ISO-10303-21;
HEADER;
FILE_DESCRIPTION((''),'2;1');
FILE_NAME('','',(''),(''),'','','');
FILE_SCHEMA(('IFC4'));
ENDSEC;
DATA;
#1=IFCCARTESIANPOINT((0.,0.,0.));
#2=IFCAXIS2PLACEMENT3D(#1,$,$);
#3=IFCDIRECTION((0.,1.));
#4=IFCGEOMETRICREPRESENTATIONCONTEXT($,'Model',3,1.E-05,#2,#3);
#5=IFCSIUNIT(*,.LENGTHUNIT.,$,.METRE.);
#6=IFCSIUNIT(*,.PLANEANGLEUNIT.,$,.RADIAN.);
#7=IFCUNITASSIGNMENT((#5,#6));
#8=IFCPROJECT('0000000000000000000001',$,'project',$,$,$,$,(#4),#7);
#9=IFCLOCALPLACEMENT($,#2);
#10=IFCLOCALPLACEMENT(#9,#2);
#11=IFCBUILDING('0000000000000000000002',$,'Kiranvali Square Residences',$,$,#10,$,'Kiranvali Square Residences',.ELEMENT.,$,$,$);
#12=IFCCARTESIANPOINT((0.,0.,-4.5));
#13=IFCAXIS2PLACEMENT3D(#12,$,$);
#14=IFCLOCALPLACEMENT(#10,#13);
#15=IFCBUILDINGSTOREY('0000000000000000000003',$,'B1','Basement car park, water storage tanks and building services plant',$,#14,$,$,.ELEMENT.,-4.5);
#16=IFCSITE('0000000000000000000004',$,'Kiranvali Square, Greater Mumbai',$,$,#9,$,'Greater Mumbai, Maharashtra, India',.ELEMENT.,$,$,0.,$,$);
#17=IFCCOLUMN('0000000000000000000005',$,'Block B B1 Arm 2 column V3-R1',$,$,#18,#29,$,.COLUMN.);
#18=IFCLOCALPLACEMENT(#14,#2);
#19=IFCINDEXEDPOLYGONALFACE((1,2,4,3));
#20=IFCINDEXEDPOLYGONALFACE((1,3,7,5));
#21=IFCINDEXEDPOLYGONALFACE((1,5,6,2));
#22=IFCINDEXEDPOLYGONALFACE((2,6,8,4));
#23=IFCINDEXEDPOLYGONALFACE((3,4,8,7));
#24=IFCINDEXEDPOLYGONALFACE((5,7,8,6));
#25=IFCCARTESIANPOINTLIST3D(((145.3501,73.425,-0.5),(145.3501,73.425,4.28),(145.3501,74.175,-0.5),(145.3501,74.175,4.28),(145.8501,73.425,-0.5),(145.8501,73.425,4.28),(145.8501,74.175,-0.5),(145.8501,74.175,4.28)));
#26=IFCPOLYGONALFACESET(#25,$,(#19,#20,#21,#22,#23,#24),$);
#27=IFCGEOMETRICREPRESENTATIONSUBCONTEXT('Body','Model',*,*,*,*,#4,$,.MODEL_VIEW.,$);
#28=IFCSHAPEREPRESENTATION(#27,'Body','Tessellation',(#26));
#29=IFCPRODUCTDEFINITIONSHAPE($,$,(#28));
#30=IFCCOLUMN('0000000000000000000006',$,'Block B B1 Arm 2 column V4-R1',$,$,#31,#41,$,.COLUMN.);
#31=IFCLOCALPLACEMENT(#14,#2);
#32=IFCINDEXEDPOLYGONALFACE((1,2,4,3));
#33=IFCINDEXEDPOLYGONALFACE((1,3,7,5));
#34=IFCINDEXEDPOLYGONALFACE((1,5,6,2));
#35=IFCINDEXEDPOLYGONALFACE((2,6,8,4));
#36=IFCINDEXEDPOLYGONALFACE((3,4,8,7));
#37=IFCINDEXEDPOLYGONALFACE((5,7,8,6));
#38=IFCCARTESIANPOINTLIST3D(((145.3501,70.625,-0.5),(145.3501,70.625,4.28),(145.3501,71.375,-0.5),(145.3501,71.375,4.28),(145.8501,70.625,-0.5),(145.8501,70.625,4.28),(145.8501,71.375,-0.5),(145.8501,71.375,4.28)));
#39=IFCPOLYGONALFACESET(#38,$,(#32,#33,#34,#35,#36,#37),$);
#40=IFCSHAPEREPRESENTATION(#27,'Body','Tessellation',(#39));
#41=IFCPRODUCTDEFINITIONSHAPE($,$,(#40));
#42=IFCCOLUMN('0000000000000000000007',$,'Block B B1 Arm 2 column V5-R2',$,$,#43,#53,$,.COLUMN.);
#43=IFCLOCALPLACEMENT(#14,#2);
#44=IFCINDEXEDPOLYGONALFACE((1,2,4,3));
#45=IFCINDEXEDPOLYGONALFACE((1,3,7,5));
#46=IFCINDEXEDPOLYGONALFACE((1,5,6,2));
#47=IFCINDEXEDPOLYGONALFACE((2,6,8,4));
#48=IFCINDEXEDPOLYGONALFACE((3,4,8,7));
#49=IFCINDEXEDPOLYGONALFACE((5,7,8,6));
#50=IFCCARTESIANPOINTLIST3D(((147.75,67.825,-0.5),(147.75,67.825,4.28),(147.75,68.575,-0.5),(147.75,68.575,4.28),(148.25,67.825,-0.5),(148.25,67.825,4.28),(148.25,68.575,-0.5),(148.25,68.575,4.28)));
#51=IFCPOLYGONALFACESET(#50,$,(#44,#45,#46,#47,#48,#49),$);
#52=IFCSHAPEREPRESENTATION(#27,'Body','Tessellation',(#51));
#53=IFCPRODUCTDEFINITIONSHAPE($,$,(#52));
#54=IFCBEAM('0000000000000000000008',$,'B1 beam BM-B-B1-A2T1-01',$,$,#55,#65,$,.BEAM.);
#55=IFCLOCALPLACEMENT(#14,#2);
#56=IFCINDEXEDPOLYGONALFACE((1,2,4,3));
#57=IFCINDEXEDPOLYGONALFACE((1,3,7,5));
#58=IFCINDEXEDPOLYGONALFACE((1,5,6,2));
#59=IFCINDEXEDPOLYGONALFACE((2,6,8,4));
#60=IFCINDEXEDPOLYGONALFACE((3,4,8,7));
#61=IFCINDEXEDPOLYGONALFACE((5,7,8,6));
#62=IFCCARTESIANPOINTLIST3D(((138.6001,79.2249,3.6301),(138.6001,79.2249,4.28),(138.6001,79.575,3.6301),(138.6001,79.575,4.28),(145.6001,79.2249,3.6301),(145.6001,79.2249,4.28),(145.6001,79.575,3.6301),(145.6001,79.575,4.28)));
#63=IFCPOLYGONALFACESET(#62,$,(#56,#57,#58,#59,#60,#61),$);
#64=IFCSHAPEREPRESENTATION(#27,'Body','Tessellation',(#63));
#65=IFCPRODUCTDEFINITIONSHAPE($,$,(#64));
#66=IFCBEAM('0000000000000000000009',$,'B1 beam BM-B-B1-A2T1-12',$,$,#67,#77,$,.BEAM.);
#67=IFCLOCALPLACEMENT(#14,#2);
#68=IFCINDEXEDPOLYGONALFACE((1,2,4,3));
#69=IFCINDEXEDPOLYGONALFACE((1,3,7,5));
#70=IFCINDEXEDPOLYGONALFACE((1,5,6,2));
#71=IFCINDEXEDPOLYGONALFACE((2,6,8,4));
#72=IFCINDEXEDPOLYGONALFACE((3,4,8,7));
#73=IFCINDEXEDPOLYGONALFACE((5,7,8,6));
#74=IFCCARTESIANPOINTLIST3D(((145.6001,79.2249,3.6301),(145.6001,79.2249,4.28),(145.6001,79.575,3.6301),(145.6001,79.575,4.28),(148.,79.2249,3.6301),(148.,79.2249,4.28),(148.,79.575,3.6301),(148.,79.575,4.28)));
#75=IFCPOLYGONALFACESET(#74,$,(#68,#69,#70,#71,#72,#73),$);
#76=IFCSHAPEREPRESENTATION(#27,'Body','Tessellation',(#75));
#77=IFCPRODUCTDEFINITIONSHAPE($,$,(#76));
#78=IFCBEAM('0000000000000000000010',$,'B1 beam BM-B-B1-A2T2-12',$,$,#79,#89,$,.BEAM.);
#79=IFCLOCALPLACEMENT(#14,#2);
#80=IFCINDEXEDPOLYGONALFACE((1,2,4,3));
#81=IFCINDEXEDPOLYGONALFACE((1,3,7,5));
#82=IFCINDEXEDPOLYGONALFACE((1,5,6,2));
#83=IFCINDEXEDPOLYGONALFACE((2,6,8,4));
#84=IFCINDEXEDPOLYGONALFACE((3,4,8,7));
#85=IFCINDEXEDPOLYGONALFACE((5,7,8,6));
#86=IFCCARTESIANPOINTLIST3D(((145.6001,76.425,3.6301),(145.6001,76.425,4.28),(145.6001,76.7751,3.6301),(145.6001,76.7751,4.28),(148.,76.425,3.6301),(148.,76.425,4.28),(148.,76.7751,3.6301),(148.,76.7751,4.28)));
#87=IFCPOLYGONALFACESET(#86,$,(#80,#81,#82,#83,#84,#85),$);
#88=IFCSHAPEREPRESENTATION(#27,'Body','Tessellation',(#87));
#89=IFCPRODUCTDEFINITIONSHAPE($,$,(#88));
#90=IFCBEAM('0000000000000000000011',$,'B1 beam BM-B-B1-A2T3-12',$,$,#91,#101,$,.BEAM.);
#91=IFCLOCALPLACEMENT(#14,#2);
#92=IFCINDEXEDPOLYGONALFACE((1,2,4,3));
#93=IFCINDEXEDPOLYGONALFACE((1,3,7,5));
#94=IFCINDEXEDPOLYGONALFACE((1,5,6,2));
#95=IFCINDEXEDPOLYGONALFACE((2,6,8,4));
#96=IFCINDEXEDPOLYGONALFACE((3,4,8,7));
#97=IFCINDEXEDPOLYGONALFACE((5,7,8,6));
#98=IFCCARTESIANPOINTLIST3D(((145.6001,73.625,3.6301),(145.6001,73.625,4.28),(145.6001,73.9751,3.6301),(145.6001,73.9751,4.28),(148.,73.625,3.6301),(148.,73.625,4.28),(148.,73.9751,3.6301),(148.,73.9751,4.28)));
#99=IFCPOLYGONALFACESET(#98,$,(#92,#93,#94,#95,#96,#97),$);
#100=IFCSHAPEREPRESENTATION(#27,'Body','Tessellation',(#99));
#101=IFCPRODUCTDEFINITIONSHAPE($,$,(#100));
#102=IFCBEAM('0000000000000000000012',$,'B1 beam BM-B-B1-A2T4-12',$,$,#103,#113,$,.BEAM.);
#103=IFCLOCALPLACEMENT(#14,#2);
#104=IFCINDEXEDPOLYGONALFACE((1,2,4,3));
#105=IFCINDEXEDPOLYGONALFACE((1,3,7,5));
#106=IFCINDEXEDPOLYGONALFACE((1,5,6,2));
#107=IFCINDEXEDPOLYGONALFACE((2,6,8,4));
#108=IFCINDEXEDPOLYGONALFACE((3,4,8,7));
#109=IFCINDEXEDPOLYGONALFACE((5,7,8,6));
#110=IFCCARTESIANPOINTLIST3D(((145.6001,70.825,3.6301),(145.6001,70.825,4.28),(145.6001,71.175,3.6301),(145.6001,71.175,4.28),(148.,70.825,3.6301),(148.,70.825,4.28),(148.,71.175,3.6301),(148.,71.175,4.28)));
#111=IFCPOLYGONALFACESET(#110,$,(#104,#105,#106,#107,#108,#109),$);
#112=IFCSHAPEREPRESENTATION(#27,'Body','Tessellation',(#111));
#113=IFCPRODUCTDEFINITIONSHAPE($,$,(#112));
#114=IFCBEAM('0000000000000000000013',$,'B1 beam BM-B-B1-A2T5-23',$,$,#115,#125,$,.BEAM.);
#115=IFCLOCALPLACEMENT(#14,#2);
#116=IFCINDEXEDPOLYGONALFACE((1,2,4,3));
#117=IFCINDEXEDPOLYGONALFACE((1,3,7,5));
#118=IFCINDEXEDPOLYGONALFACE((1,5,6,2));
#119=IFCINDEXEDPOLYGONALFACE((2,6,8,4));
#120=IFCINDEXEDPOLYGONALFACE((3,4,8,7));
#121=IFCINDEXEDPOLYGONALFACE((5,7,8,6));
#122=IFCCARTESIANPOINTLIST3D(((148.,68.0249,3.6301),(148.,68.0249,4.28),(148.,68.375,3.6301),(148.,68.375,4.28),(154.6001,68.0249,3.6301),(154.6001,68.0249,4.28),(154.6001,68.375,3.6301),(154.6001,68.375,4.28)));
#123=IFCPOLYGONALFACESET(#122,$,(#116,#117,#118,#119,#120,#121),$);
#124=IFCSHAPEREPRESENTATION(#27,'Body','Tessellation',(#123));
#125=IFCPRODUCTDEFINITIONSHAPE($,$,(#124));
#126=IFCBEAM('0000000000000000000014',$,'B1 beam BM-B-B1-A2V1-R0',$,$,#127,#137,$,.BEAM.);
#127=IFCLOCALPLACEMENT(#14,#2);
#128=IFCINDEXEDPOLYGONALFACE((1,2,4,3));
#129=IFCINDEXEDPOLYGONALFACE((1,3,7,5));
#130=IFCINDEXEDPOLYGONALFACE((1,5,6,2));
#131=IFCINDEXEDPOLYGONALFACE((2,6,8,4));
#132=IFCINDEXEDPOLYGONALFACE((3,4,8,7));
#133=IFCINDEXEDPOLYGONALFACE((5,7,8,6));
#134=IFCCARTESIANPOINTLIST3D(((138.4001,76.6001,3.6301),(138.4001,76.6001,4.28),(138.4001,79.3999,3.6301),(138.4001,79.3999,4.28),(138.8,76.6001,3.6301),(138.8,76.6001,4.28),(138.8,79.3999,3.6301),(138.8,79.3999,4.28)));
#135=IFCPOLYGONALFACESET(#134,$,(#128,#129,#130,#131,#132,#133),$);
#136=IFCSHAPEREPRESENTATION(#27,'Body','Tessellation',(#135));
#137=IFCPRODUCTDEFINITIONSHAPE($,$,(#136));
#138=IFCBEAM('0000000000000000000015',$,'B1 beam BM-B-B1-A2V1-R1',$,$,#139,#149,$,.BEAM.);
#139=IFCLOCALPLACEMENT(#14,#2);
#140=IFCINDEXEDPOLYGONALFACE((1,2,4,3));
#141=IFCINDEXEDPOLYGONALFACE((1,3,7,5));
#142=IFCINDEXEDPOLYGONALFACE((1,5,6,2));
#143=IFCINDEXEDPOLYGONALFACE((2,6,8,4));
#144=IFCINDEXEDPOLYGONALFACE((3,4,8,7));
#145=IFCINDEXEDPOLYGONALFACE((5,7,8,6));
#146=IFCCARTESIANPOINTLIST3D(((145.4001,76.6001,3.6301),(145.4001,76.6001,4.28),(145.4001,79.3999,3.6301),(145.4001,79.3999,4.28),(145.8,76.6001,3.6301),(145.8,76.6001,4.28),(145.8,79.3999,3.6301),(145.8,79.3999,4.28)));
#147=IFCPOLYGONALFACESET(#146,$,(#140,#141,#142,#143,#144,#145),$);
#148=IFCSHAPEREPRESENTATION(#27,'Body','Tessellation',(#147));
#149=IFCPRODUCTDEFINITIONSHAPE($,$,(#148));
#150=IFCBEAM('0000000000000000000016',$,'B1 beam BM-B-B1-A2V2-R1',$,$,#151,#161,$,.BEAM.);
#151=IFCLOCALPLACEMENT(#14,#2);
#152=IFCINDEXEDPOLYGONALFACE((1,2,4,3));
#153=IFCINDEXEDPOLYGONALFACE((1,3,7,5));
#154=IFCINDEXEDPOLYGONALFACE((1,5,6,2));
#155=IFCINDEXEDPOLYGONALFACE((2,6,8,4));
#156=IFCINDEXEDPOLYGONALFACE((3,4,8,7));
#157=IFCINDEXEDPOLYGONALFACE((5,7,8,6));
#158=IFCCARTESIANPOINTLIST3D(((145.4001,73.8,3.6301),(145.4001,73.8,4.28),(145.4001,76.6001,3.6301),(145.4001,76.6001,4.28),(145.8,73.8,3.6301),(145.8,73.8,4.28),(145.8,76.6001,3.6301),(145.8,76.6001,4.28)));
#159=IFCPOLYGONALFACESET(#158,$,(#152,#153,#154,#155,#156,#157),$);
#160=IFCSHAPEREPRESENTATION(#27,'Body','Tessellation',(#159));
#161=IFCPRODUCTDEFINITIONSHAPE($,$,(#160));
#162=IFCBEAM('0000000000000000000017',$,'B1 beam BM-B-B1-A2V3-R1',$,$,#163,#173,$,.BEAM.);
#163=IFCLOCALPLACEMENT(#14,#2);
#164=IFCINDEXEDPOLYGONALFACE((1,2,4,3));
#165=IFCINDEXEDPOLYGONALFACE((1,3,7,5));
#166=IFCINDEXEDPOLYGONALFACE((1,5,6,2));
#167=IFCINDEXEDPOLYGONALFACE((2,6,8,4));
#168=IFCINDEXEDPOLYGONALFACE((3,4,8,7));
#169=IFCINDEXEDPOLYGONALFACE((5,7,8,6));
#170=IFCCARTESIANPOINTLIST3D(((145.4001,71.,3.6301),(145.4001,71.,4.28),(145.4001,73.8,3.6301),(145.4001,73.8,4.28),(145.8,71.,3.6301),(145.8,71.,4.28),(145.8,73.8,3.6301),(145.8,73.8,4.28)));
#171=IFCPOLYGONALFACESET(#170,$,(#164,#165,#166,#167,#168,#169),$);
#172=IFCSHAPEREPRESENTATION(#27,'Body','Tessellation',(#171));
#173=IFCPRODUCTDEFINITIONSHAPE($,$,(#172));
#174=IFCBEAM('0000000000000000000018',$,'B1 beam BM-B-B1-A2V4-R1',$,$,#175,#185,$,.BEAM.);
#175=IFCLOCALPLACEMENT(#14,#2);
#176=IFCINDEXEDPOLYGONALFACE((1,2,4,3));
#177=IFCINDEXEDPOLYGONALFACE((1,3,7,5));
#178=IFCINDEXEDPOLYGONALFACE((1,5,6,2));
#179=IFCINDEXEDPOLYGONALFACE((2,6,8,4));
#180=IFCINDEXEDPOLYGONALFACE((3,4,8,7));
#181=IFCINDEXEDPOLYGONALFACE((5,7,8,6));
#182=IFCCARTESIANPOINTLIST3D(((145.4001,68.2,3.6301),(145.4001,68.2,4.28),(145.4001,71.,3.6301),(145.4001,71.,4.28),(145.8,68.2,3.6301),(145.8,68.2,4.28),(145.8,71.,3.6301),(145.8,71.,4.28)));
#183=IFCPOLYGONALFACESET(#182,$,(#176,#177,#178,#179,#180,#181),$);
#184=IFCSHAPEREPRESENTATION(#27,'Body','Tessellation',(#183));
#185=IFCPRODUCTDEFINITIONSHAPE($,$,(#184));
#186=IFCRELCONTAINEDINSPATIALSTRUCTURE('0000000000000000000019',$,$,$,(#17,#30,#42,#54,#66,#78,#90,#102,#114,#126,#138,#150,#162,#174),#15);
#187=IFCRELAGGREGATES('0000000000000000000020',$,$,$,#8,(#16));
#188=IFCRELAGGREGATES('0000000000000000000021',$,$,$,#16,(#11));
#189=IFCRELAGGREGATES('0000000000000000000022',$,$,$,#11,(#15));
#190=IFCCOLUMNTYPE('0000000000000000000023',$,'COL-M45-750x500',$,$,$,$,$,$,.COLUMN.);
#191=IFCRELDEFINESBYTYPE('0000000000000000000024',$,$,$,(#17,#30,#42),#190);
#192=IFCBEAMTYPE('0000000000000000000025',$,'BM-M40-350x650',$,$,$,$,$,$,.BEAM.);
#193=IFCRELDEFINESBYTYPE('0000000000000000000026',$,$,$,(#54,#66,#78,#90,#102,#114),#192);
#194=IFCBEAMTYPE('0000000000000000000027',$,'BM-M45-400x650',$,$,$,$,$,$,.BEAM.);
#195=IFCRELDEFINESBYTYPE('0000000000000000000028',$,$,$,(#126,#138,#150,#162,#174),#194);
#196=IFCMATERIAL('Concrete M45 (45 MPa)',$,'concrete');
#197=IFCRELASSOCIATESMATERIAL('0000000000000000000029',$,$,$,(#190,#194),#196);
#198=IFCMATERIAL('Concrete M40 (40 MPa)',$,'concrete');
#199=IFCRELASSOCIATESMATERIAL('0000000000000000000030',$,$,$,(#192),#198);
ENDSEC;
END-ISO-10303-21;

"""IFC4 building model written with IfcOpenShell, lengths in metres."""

from ifc_helpers import new_model, si_unit, direction, frame, origin, origin_2d, place, context, subcontext, project, spatial, rectangle, extrude, material, material_profile, profile_set, type_object, element, save


model = new_model("IFC4")

# Units and contexts
model_context = context("Model", 3, precision=1e-05, world=origin(), true_north=direction((0.0, 1.0)))
body_context = subcontext(model_context, "Body", "Model", "MODEL_VIEW")
ifc_project = project(units=[si_unit("LENGTHUNIT", "METRE"), si_unit("PLANEANGLEUNIT", "RADIAN")], contexts=[model_context])

# Site, building, storey
site_placement = place(None, origin())
site = spatial("IfcSite", under=ifc_project, at=site_placement, Name="Kiranvali Square, Greater Mumbai", LongName="Greater Mumbai, Maharashtra, India", CompositionType="ELEMENT", RefElevation=0.0)
building_placement = place(site_placement, origin())
building = spatial("IfcBuilding", under=site, at=building_placement, Name="Kiranvali Square Residences", LongName="Kiranvali Square Residences", CompositionType="ELEMENT")
storey_placement = place(building_placement, frame((0.0, 0.0, -4.5)))
storey = spatial("IfcBuildingStorey", under=building, at=storey_placement, Name="B1", Description="Basement car park, water storage tanks and building services plant", CompositionType="ELEMENT", Elevation=-4.5)

# Shared definitions
ifc_material_1 = material(Name="Concrete M40 (40 MPa)", Category="concrete")

# Columns
ifc_material_2 = material(Name="Concrete M45 (45 MPa)", Category="concrete")
ifc_material_profile_1 = material_profile(ifc_material_2, rectangle(XDim=0.5, YDim=0.75, at=origin_2d()), Name="RC 750x500")
ifc_profile_set_1 = profile_set([ifc_material_profile_1], Name="Concrete M45 (45 MPa)")
column_type = type_object("IfcColumnType", Name="COL-M45-750x500", PredefinedType="COLUMN", material=ifc_profile_set_1)
for number, where, z_axis, x_axis, name in (
    (1, (145.6001, 73.8, -0.5), (0.0, 0.0, 1.0), (1.0, 0.0, 0.0), "Block B B1 Arm 2 column V3-R1"),
    (2, (145.6001, 71.0, -0.5), (0.0, 0.0, 1.0), (1.0, 0.0, 0.0), "Block B B1 Arm 2 column V4-R1"),
    (3, (148.0, 68.2, -0.5), (0.0, 0.0, 1.0), (1.0, 0.0, 0.0), "Block B B1 Arm 2 column V5-R2"),
):
    element("IfcColumn", number, at=place(storey_placement, frame(where, z_axis=z_axis, x_axis=x_axis)), inside=storey, type_object=column_type, Name=name, PredefinedType="COLUMN", context=body_context, shape_type="SweptSolid", body=[
        extrude(rectangle(XDim=0.5, YDim=0.75, at=origin_2d()), origin(), (0.0, 0.0, 1.0), 4.78),
    ])

# Beams
ifc_material_profile_2 = material_profile(ifc_material_1, rectangle(XDim=0.3501, YDim=0.6499, at=origin_2d()), Name="RC 350x650")
ifc_profile_set_2 = profile_set([ifc_material_profile_2], Name="Concrete M40 (40 MPa)")
beam_type_1 = type_object("IfcBeamType", Name="BM-M40-350x650", PredefinedType="BEAM", material=ifc_profile_set_2)
beam_1_placement = place(storey_placement, frame((138.6001, 79.3999, 3.9551), z_axis=(1.0, 0.0, 0.0), x_axis=(0.0, 1.0, 0.0)))
element("IfcBeam", 4, at=beam_1_placement, inside=storey, type_object=beam_type_1, Name="B1 beam BM-B-B1-A2T1-01", PredefinedType="BEAM", context=body_context, shape_type="SweptSolid", body=[
    extrude(rectangle(XDim=0.3501, YDim=0.6499, at=origin_2d()), origin(), (0.0, 0.0, 1.0), 7.0),
])
for number, where, z_axis, x_axis, name in (
    (5, (145.6001, 79.3999, 3.9551), (1.0, 0.0, 0.0), (0.0, 1.0, 0.0), "B1 beam BM-B-B1-A2T1-12"),
    (6, (145.6001, 76.6001, 3.9551), (1.0, 0.0, 0.0), (0.0, 1.0, 0.0), "B1 beam BM-B-B1-A2T2-12"),
    (7, (145.6001, 73.8, 3.9551), (1.0, 0.0, 0.0), (0.0, 1.0, 0.0), "B1 beam BM-B-B1-A2T3-12"),
    (8, (145.6001, 71.0, 3.9551), (1.0, 0.0, 0.0), (0.0, 1.0, 0.0), "B1 beam BM-B-B1-A2T4-12"),
):
    element("IfcBeam", number, at=place(storey_placement, frame(where, z_axis=z_axis, x_axis=x_axis)), inside=storey, type_object=beam_type_1, Name=name, PredefinedType="BEAM", context=body_context, shape_type="SweptSolid", body=[
        extrude(rectangle(XDim=0.3501, YDim=0.6499, at=origin_2d()), origin(), (0.0, 0.0, 1.0), 2.3999),
    ])
beam_2_placement = place(storey_placement, frame((148.0, 68.2, 3.9551), z_axis=(1.0, 0.0, 0.0), x_axis=(0.0, 1.0, 0.0)))
element("IfcBeam", 9, at=beam_2_placement, inside=storey, type_object=beam_type_1, Name="B1 beam BM-B-B1-A2T5-23", PredefinedType="BEAM", context=body_context, shape_type="SweptSolid", body=[
    extrude(rectangle(XDim=0.3501, YDim=0.6499, at=origin_2d()), origin(), (0.0, 0.0, 1.0), 6.6001),
])
ifc_material_profile_3 = material_profile(ifc_material_2, rectangle(XDim=0.3999, YDim=0.6499, at=origin_2d()), Name="RC 400x650")
ifc_profile_set_3 = profile_set([ifc_material_profile_3], Name="Concrete M45 (45 MPa)")
beam_type_2 = type_object("IfcBeamType", Name="BM-M45-400x650", PredefinedType="BEAM", material=ifc_profile_set_3)
for number, where, z_axis, x_axis, name in (
    (10, (138.6001, 79.3999, 3.9551), (0.0, -1.0, 0.0), (1.0, 0.0, 0.0), "B1 beam BM-B-B1-A2V1-R0"),
    (11, (145.6001, 79.3999, 3.9551), (0.0, -1.0, 0.0), (1.0, 0.0, 0.0), "B1 beam BM-B-B1-A2V1-R1"),
):
    element("IfcBeam", number, at=place(storey_placement, frame(where, z_axis=z_axis, x_axis=x_axis)), inside=storey, type_object=beam_type_2, Name=name, PredefinedType="BEAM", context=body_context, shape_type="SweptSolid", body=[
        extrude(rectangle(XDim=0.3999, YDim=0.6499, at=origin_2d()), origin(), (0.0, 0.0, 1.0), 2.7998),
    ])
for number, where, z_axis, x_axis, name in (
    (12, (145.6001, 76.6001, 3.9551), (0.0, -1.0, 0.0), (1.0, 0.0, 0.0), "B1 beam BM-B-B1-A2V2-R1"),
    (13, (145.6001, 73.8, 3.9551), (0.0, -1.0, 0.0), (1.0, 0.0, 0.0), "B1 beam BM-B-B1-A2V3-R1"),
    (14, (145.6001, 71.0, 3.9551), (0.0, -1.0, 0.0), (1.0, 0.0, 0.0), "B1 beam BM-B-B1-A2V4-R1"),
):
    element("IfcBeam", number, at=place(storey_placement, frame(where, z_axis=z_axis, x_axis=x_axis)), inside=storey, type_object=beam_type_2, Name=name, PredefinedType="BEAM", context=body_context, shape_type="SweptSolid", body=[
        extrude(rectangle(XDim=0.3999, YDim=0.6499, at=origin_2d()), origin(), (0.0, 0.0, 1.0), 2.8),
    ])

save(model, "model.ifc")
